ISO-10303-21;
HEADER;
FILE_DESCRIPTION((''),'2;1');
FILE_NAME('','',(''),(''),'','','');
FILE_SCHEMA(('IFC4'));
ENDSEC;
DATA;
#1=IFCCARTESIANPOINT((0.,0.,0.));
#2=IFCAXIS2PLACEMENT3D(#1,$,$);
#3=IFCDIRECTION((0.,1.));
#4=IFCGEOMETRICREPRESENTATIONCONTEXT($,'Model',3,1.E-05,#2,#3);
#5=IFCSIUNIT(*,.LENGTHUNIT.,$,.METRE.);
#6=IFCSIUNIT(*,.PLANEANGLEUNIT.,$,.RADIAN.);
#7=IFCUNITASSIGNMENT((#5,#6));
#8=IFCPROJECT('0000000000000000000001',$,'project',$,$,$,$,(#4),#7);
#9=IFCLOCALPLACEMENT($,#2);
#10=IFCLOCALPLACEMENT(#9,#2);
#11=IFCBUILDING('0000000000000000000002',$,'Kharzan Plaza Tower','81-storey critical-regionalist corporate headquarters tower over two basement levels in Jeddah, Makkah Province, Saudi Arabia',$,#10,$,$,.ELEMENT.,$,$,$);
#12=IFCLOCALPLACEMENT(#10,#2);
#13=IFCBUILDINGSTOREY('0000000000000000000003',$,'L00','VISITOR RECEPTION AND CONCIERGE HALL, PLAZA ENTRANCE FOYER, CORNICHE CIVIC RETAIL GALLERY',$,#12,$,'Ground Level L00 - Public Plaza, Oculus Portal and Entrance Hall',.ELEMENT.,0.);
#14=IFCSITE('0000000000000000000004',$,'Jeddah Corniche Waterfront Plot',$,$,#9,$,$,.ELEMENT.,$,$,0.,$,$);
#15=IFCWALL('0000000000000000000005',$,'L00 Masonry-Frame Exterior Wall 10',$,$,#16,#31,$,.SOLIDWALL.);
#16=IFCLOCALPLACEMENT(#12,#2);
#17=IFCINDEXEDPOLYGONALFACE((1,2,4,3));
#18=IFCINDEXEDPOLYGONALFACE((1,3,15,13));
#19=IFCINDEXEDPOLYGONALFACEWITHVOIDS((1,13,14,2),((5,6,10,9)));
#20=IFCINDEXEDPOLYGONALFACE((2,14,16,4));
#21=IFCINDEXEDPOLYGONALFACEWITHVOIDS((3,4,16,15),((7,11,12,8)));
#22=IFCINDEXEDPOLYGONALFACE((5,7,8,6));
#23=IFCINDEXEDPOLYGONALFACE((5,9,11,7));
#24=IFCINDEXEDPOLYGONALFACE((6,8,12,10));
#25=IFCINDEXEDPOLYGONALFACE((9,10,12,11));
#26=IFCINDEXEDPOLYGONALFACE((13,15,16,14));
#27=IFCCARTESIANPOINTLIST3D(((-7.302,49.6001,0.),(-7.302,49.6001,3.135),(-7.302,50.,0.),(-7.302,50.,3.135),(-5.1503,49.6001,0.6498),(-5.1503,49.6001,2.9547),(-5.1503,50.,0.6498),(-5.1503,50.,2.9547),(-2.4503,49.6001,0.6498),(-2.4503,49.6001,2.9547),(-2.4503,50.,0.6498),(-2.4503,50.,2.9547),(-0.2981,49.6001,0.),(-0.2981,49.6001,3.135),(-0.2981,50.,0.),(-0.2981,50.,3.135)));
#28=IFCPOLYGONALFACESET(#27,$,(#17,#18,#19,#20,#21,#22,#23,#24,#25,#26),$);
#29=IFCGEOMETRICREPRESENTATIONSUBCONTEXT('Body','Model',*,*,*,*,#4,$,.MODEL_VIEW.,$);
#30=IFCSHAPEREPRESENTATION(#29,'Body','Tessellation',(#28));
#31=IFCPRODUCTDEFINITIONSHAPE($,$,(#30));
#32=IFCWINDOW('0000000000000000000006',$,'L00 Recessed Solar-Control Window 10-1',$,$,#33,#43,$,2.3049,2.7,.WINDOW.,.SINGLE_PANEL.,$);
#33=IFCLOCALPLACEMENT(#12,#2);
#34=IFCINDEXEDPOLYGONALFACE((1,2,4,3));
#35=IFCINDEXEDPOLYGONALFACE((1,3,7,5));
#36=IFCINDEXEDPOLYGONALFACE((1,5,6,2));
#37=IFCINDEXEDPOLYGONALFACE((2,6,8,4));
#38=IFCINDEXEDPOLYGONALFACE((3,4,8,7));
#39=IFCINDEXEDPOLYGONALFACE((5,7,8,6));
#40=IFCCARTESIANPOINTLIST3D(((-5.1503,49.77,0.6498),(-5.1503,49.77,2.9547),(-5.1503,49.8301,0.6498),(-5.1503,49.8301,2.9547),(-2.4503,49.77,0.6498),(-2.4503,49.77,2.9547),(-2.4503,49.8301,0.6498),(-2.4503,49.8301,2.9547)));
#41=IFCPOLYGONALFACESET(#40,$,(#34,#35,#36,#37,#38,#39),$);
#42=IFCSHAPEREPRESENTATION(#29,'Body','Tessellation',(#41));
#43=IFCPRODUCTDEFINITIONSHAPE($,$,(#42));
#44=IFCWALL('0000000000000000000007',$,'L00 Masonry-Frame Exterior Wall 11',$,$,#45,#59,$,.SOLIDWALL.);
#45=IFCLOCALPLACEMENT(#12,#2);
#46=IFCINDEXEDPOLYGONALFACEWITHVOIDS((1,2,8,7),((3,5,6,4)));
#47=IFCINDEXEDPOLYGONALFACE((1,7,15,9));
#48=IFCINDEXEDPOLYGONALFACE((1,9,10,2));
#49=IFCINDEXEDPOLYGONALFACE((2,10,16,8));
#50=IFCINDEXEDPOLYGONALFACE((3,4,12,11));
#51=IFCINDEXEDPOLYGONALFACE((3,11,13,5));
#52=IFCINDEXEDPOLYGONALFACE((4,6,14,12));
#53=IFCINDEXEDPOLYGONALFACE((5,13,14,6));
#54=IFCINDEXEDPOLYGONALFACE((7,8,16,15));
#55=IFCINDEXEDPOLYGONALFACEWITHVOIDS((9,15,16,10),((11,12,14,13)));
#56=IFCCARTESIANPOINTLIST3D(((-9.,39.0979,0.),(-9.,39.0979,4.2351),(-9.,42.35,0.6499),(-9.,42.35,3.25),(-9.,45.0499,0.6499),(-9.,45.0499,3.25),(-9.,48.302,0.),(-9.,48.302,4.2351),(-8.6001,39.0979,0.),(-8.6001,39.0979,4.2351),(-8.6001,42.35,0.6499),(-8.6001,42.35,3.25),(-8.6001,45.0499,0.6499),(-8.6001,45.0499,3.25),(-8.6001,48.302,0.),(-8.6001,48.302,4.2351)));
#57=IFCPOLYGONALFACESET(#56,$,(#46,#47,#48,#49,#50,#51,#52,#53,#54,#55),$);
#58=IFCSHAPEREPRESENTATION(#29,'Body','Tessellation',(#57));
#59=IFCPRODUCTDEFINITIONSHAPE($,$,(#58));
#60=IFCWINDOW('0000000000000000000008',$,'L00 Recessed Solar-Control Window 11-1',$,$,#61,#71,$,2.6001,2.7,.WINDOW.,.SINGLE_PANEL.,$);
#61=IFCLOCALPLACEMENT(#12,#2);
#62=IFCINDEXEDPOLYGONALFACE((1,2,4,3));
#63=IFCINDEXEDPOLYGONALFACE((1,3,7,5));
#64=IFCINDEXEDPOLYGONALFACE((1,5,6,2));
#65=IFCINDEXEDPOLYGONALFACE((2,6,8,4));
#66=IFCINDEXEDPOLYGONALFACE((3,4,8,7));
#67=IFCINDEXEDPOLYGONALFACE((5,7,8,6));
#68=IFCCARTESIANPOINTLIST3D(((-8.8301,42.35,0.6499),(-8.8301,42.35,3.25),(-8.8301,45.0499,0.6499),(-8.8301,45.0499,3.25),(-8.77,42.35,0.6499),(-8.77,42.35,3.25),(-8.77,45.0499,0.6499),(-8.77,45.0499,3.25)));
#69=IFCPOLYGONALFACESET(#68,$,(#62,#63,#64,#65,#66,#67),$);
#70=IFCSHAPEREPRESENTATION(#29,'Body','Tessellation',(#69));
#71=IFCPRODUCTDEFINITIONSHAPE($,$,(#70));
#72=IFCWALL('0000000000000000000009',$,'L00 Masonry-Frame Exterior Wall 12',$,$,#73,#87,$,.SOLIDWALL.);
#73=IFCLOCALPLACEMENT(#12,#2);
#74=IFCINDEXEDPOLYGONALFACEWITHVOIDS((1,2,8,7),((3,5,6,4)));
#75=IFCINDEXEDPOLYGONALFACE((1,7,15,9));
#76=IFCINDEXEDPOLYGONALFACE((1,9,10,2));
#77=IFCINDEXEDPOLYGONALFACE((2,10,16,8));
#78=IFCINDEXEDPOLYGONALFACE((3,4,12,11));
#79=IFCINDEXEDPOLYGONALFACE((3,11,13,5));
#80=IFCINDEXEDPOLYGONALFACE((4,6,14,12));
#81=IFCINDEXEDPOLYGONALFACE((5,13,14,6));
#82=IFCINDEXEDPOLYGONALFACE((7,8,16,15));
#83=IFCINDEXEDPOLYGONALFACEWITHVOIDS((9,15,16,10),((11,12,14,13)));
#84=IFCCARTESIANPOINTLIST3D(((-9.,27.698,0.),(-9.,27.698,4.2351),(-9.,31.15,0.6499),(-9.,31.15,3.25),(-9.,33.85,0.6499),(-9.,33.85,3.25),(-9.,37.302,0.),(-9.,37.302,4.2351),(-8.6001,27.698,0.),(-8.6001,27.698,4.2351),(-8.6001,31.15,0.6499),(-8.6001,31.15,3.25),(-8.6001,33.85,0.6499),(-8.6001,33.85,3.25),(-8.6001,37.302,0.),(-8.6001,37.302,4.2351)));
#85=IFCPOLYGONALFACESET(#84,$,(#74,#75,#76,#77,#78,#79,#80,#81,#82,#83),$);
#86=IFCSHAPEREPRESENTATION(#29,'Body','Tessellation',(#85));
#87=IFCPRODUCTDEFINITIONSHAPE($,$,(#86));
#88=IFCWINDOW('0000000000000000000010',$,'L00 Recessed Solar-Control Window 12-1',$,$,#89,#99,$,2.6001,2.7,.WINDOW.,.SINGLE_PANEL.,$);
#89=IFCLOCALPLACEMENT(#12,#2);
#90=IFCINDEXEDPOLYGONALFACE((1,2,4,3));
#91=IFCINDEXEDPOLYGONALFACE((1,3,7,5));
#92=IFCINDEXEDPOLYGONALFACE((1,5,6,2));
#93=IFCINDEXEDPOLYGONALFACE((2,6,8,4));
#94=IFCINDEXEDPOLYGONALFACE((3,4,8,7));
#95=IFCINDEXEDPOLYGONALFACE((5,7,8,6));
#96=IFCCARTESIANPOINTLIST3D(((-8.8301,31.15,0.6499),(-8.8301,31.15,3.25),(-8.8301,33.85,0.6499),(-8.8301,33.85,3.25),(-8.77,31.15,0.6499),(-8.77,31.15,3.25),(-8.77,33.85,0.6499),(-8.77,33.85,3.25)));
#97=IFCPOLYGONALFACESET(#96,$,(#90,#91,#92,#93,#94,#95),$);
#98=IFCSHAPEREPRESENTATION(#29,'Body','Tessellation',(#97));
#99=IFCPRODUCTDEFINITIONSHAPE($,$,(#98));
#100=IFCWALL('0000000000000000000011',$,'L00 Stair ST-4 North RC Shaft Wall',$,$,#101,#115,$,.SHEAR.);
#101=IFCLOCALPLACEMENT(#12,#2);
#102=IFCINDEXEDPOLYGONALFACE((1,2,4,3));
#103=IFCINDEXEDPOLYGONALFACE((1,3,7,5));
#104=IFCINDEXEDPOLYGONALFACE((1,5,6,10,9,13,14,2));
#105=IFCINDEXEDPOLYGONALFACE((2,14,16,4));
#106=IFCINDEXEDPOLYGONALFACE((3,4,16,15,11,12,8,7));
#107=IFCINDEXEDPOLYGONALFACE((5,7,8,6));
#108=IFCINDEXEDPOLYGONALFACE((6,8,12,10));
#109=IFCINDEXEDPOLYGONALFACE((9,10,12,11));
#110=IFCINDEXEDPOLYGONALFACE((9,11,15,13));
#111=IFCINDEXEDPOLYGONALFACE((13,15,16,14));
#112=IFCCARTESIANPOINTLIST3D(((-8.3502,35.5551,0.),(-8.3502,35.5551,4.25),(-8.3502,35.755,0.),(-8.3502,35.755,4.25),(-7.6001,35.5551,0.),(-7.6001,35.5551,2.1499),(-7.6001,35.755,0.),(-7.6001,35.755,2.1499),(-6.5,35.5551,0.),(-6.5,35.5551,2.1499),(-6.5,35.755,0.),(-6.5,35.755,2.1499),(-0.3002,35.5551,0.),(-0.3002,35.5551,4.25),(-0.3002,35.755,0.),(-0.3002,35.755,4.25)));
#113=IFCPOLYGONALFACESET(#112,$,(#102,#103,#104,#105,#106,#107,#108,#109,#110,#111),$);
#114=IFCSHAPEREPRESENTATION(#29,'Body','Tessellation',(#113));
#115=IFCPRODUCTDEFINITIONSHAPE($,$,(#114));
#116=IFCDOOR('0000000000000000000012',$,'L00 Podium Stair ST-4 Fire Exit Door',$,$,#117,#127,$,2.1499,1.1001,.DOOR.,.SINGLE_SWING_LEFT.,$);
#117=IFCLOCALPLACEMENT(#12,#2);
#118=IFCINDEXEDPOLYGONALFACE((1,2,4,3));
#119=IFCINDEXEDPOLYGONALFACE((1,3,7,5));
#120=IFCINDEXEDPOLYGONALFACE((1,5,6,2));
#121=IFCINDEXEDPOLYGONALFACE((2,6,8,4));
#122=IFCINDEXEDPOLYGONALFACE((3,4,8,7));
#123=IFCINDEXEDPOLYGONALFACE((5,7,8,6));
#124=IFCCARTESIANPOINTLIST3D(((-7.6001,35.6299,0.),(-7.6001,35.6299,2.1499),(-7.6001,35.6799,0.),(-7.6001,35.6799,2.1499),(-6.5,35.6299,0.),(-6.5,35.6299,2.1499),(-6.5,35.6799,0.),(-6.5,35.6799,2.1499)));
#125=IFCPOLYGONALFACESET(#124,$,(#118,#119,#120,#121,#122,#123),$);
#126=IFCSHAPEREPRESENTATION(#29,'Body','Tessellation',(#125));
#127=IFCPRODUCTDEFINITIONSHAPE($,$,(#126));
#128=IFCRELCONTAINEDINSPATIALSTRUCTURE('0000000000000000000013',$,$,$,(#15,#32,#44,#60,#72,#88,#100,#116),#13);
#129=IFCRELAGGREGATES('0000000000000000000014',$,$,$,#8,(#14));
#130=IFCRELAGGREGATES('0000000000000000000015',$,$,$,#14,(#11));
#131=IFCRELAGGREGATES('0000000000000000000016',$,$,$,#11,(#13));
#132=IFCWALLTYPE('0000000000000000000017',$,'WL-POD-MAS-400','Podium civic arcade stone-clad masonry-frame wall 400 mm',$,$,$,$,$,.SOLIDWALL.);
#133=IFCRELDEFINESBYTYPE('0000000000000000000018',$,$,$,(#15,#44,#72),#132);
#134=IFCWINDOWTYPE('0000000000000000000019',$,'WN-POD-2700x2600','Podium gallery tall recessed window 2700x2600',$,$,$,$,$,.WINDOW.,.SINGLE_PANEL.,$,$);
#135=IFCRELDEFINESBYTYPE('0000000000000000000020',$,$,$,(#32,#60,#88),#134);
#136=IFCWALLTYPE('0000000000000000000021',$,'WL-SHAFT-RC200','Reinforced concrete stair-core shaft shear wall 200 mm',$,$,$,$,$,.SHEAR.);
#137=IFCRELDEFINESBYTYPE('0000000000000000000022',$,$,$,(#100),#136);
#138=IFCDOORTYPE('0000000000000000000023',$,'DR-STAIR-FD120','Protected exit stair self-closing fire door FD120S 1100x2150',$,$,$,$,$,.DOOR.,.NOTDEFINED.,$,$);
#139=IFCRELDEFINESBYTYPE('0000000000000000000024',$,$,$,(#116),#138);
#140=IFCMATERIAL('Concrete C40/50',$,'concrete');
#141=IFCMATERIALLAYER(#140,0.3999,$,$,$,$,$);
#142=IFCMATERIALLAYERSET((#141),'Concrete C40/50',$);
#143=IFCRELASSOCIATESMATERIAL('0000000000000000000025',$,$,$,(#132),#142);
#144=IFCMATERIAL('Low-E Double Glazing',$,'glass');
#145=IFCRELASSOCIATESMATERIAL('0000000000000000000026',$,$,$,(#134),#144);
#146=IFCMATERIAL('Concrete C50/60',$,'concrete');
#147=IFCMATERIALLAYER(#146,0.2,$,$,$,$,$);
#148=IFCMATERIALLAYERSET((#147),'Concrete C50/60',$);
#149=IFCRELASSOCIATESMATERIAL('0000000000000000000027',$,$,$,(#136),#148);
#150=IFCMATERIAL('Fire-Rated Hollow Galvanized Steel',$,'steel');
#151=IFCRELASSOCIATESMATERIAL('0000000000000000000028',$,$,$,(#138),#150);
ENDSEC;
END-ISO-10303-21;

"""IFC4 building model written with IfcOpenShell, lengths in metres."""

from ifc_helpers import new_model, si_unit, direction, frame, frame_2d, origin, place, context, subcontext, project, spatial, rectangle, extrude, source, transform, mapped, material, layer, layer_set, type_object, element, fill, save


model = new_model("IFC4")

# Units and contexts
model_context = context("Model", 3, precision=1e-05, world=origin(), true_north=direction((0.0, 1.0)))
body_context = subcontext(model_context, "Body", "Model", "MODEL_VIEW")
ifc_project = project(units=[si_unit("LENGTHUNIT", "METRE"), si_unit("PLANEANGLEUNIT", "RADIAN")], contexts=[model_context])

# Site, building, storey
site_placement = place(None, origin())
site = spatial("IfcSite", under=ifc_project, at=site_placement, Name="Jeddah Corniche Waterfront Plot", CompositionType="ELEMENT", RefElevation=0.0)
building_placement = place(site_placement, origin())
building = spatial("IfcBuilding", under=site, at=building_placement, Name="Kharzan Plaza Tower", Description="81-storey critical-regionalist corporate headquarters tower over two basement levels in Jeddah, Makkah Province, Saudi Arabia", CompositionType="ELEMENT")
storey_placement = place(building_placement, origin())
storey = spatial("IfcBuildingStorey", under=building, at=storey_placement, Name="L00", Description="VISITOR RECEPTION AND CONCIERGE HALL, PLAZA ENTRANCE FOYER, CORNICHE CIVIC RETAIL GALLERY", LongName="Ground Level L00 - Public Plaza, Oculus Portal and Entrance Hall", CompositionType="ELEMENT", Elevation=0.0)

# Walls, openings, windows
ifc_material_1 = material(Name="Concrete C40/50", Category="concrete")
ifc_layer_1 = layer(ifc_material_1, 0.3999)
ifc_layer_set_1 = layer_set([ifc_layer_1], Name="Concrete C40/50")
wall_type_1 = type_object("IfcWallType", Name="WL-POD-MAS-400", Description="Podium civic arcade stone-clad masonry-frame wall 400 mm", PredefinedType="SOLIDWALL", material=ifc_layer_set_1)
wall_1_placement = place(storey_placement, frame((-0.2981, 49.8, 0.0), z_axis=(0.0, 0.0, 1.0), x_axis=(-1.0, 0.0, 0.0)))
wall_1 = element("IfcWall", 1, at=wall_1_placement, inside=storey, type_object=wall_type_1, Name="L00 Masonry-Frame Exterior Wall 10", PredefinedType="SOLIDWALL", context=body_context, shape_type="SweptSolid", body=[
    extrude(rectangle(XDim=7.0039, YDim=0.3999, at=frame_2d((3.502, 0.0))), origin(), (0.0, 0.0, 1.0), 3.135),
])
opening_1_placement = place(wall_1_placement, frame((2.1521, 0.0, 0.6499)))
opening_1 = element("IfcOpeningElement", 2, at=opening_1_placement, cuts=wall_1, PredefinedType="OPENING", context=body_context, shape_type="SweptSolid", body=[
    extrude(rectangle(XDim=2.7, YDim=2.3049, at=frame_2d((1.3501, 1.1523))), frame((0.0, 0.21, 0.0), z_axis=(0.0, -1.0, 0.0), x_axis=(1.0, 0.0, 0.0)), (0.0, 0.0, 1.0), 0.4199),
])
ifc_material_2 = material(Name="Low-E Double Glazing", Category="glass")
window_type = type_object("IfcWindowType", Name="WN-POD-2700x2600", Description="Podium gallery tall recessed window 2700x2600", PartitioningType="SINGLE_PANEL", PredefinedType="WINDOW", material=ifc_material_2)
shared_shape_1 = source(origin(), body_context, "Body", "SweptSolid", [
    extrude(rectangle(XDim=2.7, YDim=2.3049, at=frame_2d((1.3501, 1.1523))), frame((0.0, 0.03, 0.0), z_axis=(0.0, -1.0, 0.0), x_axis=(1.0, 0.0, 0.0)), (0.0, 0.0, 1.0), 0.0601),
])
window_1_placement = place(opening_1_placement, origin())
window_1 = element("IfcWindow", 3, at=window_1_placement, inside=storey, type_object=window_type, Name="L00 Recessed Solar-Control Window 10-1", OverallHeight=2.3049, OverallWidth=2.7, PartitioningType="SINGLE_PANEL", PredefinedType="WINDOW", context=body_context, shape_type="MappedRepresentation", body=[
    mapped(shared_shape_1, transform((0.0, 0.0, 0.0), x_axis=(1.0, 0.0, 0.0), y_axis=(0.0, 1.0, 0.0), z_axis=(0.0, 0.0, 1.0))),
])
fill(opening_1, window_1)
wall_2_placement = place(storey_placement, frame((-8.8, 48.302, 0.0), z_axis=(0.0, 0.0, 1.0), x_axis=(0.0, -1.0, 0.0)))
wall_2 = element("IfcWall", 4, at=wall_2_placement, inside=storey, type_object=wall_type_1, Name="L00 Masonry-Frame Exterior Wall 11", PredefinedType="SOLIDWALL", context=body_context, shape_type="SweptSolid", body=[
    extrude(rectangle(XDim=9.2041, YDim=0.3999, at=frame_2d((4.6021, 0.0))), origin(), (0.0, 0.0, 1.0), 4.2351),
])
opening_2_placement = place(wall_2_placement, frame((3.252, 0.0, 0.6499)))
opening_2 = element("IfcOpeningElement", 5, at=opening_2_placement, cuts=wall_2, PredefinedType="OPENING", context=body_context, shape_type="SweptSolid", body=[
    extrude(rectangle(XDim=2.7, YDim=2.6001, at=frame_2d((1.3501, 1.3))), frame((0.0, 0.21, 0.0), z_axis=(0.0, -1.0, 0.0), x_axis=(1.0, 0.0, 0.0)), (0.0, 0.0, 1.0), 0.4199),
])
shared_shape_2 = source(origin(), body_context, "Body", "SweptSolid", [
    extrude(rectangle(XDim=2.7, YDim=2.6001, at=frame_2d((1.3501, 1.3))), frame((0.0, 0.03, 0.0), z_axis=(0.0, -1.0, 0.0), x_axis=(1.0, 0.0, 0.0)), (0.0, 0.0, 1.0), 0.0601),
])
window_2_placement = place(opening_2_placement, origin())
window_2 = element("IfcWindow", 6, at=window_2_placement, inside=storey, type_object=window_type, Name="L00 Recessed Solar-Control Window 11-1", OverallHeight=2.6001, OverallWidth=2.7, PartitioningType="SINGLE_PANEL", PredefinedType="WINDOW", context=body_context, shape_type="MappedRepresentation", body=[
    mapped(shared_shape_2, transform((0.0, 0.0, 0.0), x_axis=(1.0, 0.0, 0.0), y_axis=(0.0, 1.0, 0.0), z_axis=(0.0, 0.0, 1.0))),
])
fill(opening_2, window_2)
wall_3_placement = place(storey_placement, frame((-8.8, 37.302, 0.0), z_axis=(0.0, 0.0, 1.0), x_axis=(0.0, -1.0, 0.0)))
wall_3 = element("IfcWall", 7, at=wall_3_placement, inside=storey, type_object=wall_type_1, Name="L00 Masonry-Frame Exterior Wall 12", PredefinedType="SOLIDWALL", context=body_context, shape_type="SweptSolid", body=[
    extrude(rectangle(XDim=9.604, YDim=0.3999, at=frame_2d((4.802, 0.0))), origin(), (0.0, 0.0, 1.0), 4.2351),
])
opening_3_placement = place(wall_3_placement, frame((3.4519, 0.0, 0.6499)))
opening_3 = element("IfcOpeningElement", 8, at=opening_3_placement, cuts=wall_3, PredefinedType="OPENING", context=body_context, shape_type="SweptSolid", body=[
    extrude(rectangle(XDim=2.7, YDim=2.6001, at=frame_2d((1.3501, 1.3))), frame((0.0, 0.21, 0.0), z_axis=(0.0, -1.0, 0.0), x_axis=(1.0, 0.0, 0.0)), (0.0, 0.0, 1.0), 0.4199),
])
window_3_placement = place(opening_3_placement, origin())
window_3 = element("IfcWindow", 9, at=window_3_placement, inside=storey, type_object=window_type, Name="L00 Recessed Solar-Control Window 12-1", OverallHeight=2.6001, OverallWidth=2.7, PartitioningType="SINGLE_PANEL", PredefinedType="WINDOW", context=body_context, shape_type="MappedRepresentation", body=[
    mapped(shared_shape_2, transform((0.0, 0.0, 0.0), x_axis=(1.0, 0.0, 0.0), y_axis=(0.0, 1.0, 0.0), z_axis=(0.0, 0.0, 1.0))),
])
fill(opening_3, window_3)

# Wall, opening, door
ifc_material_3 = material(Name="Concrete C50/60", Category="concrete")
ifc_layer_2 = layer(ifc_material_3, 0.2)
ifc_layer_set_2 = layer_set([ifc_layer_2], Name="Concrete C50/60")
wall_type_2 = type_object("IfcWallType", Name="WL-SHAFT-RC200", Description="Reinforced concrete stair-core shaft shear wall 200 mm", PredefinedType="SHEAR", material=ifc_layer_set_2)
wall_4_placement = place(storey_placement, frame((-8.3501, 35.655, 0.0), z_axis=(0.0, 0.0, 1.0), x_axis=(1.0, 0.0, 0.0)))
wall_4 = element("IfcWall", 10, at=wall_4_placement, inside=storey, type_object=wall_type_2, Name="L00 Stair ST-4 North RC Shaft Wall", PredefinedType="SHEAR", context=body_context, shape_type="SweptSolid", body=[
    extrude(rectangle(XDim=8.05, YDim=0.2, at=frame_2d((4.0249, 0.0))), origin(), (0.0, 0.0, 1.0), 4.25),
])
opening_4_placement = place(wall_4_placement, frame((0.75, 0.0, 0.0)))
opening_4 = element("IfcOpeningElement", 11, at=opening_4_placement, cuts=wall_4, PredefinedType="OPENING", context=body_context, shape_type="SweptSolid", body=[
    extrude(rectangle(XDim=1.1001, YDim=2.1499, at=frame_2d((0.55, 1.075))), frame((0.0, 0.1099, 0.0), z_axis=(0.0, -1.0, 0.0), x_axis=(1.0, 0.0, 0.0)), (0.0, 0.0, 1.0), 0.22),
])
ifc_material_4 = material(Name="Fire-Rated Hollow Galvanized Steel", Category="steel")
door_type = type_object("IfcDoorType", Name="DR-STAIR-FD120", Description="Protected exit stair self-closing fire door FD120S 1100x2150", OperationType="NOTDEFINED", PredefinedType="DOOR", material=ifc_material_4)
shared_shape_3 = source(origin(), body_context, "Body", "SweptSolid", [
    extrude(rectangle(XDim=1.1001, YDim=2.1499, at=frame_2d((0.55, 1.075))), frame((0.0, 0.0249, 0.0), z_axis=(0.0, -1.0, 0.0), x_axis=(1.0, 0.0, 0.0)), (0.0, 0.0, 1.0), 0.05),
])
door_placement = place(opening_4_placement, origin())
door = element("IfcDoor", 12, at=door_placement, inside=storey, type_object=door_type, Name="L00 Podium Stair ST-4 Fire Exit Door", OperationType="SINGLE_SWING_LEFT", OverallHeight=2.1499, OverallWidth=1.1001, PredefinedType="DOOR", context=body_context, shape_type="MappedRepresentation", body=[
    mapped(shared_shape_3, transform((0.0, 0.0, 0.0), x_axis=(1.0, 0.0, 0.0), y_axis=(0.0, 1.0, 0.0), z_axis=(0.0, 0.0, 1.0))),
])
fill(opening_4, door)

save(model, "model.ifc")
